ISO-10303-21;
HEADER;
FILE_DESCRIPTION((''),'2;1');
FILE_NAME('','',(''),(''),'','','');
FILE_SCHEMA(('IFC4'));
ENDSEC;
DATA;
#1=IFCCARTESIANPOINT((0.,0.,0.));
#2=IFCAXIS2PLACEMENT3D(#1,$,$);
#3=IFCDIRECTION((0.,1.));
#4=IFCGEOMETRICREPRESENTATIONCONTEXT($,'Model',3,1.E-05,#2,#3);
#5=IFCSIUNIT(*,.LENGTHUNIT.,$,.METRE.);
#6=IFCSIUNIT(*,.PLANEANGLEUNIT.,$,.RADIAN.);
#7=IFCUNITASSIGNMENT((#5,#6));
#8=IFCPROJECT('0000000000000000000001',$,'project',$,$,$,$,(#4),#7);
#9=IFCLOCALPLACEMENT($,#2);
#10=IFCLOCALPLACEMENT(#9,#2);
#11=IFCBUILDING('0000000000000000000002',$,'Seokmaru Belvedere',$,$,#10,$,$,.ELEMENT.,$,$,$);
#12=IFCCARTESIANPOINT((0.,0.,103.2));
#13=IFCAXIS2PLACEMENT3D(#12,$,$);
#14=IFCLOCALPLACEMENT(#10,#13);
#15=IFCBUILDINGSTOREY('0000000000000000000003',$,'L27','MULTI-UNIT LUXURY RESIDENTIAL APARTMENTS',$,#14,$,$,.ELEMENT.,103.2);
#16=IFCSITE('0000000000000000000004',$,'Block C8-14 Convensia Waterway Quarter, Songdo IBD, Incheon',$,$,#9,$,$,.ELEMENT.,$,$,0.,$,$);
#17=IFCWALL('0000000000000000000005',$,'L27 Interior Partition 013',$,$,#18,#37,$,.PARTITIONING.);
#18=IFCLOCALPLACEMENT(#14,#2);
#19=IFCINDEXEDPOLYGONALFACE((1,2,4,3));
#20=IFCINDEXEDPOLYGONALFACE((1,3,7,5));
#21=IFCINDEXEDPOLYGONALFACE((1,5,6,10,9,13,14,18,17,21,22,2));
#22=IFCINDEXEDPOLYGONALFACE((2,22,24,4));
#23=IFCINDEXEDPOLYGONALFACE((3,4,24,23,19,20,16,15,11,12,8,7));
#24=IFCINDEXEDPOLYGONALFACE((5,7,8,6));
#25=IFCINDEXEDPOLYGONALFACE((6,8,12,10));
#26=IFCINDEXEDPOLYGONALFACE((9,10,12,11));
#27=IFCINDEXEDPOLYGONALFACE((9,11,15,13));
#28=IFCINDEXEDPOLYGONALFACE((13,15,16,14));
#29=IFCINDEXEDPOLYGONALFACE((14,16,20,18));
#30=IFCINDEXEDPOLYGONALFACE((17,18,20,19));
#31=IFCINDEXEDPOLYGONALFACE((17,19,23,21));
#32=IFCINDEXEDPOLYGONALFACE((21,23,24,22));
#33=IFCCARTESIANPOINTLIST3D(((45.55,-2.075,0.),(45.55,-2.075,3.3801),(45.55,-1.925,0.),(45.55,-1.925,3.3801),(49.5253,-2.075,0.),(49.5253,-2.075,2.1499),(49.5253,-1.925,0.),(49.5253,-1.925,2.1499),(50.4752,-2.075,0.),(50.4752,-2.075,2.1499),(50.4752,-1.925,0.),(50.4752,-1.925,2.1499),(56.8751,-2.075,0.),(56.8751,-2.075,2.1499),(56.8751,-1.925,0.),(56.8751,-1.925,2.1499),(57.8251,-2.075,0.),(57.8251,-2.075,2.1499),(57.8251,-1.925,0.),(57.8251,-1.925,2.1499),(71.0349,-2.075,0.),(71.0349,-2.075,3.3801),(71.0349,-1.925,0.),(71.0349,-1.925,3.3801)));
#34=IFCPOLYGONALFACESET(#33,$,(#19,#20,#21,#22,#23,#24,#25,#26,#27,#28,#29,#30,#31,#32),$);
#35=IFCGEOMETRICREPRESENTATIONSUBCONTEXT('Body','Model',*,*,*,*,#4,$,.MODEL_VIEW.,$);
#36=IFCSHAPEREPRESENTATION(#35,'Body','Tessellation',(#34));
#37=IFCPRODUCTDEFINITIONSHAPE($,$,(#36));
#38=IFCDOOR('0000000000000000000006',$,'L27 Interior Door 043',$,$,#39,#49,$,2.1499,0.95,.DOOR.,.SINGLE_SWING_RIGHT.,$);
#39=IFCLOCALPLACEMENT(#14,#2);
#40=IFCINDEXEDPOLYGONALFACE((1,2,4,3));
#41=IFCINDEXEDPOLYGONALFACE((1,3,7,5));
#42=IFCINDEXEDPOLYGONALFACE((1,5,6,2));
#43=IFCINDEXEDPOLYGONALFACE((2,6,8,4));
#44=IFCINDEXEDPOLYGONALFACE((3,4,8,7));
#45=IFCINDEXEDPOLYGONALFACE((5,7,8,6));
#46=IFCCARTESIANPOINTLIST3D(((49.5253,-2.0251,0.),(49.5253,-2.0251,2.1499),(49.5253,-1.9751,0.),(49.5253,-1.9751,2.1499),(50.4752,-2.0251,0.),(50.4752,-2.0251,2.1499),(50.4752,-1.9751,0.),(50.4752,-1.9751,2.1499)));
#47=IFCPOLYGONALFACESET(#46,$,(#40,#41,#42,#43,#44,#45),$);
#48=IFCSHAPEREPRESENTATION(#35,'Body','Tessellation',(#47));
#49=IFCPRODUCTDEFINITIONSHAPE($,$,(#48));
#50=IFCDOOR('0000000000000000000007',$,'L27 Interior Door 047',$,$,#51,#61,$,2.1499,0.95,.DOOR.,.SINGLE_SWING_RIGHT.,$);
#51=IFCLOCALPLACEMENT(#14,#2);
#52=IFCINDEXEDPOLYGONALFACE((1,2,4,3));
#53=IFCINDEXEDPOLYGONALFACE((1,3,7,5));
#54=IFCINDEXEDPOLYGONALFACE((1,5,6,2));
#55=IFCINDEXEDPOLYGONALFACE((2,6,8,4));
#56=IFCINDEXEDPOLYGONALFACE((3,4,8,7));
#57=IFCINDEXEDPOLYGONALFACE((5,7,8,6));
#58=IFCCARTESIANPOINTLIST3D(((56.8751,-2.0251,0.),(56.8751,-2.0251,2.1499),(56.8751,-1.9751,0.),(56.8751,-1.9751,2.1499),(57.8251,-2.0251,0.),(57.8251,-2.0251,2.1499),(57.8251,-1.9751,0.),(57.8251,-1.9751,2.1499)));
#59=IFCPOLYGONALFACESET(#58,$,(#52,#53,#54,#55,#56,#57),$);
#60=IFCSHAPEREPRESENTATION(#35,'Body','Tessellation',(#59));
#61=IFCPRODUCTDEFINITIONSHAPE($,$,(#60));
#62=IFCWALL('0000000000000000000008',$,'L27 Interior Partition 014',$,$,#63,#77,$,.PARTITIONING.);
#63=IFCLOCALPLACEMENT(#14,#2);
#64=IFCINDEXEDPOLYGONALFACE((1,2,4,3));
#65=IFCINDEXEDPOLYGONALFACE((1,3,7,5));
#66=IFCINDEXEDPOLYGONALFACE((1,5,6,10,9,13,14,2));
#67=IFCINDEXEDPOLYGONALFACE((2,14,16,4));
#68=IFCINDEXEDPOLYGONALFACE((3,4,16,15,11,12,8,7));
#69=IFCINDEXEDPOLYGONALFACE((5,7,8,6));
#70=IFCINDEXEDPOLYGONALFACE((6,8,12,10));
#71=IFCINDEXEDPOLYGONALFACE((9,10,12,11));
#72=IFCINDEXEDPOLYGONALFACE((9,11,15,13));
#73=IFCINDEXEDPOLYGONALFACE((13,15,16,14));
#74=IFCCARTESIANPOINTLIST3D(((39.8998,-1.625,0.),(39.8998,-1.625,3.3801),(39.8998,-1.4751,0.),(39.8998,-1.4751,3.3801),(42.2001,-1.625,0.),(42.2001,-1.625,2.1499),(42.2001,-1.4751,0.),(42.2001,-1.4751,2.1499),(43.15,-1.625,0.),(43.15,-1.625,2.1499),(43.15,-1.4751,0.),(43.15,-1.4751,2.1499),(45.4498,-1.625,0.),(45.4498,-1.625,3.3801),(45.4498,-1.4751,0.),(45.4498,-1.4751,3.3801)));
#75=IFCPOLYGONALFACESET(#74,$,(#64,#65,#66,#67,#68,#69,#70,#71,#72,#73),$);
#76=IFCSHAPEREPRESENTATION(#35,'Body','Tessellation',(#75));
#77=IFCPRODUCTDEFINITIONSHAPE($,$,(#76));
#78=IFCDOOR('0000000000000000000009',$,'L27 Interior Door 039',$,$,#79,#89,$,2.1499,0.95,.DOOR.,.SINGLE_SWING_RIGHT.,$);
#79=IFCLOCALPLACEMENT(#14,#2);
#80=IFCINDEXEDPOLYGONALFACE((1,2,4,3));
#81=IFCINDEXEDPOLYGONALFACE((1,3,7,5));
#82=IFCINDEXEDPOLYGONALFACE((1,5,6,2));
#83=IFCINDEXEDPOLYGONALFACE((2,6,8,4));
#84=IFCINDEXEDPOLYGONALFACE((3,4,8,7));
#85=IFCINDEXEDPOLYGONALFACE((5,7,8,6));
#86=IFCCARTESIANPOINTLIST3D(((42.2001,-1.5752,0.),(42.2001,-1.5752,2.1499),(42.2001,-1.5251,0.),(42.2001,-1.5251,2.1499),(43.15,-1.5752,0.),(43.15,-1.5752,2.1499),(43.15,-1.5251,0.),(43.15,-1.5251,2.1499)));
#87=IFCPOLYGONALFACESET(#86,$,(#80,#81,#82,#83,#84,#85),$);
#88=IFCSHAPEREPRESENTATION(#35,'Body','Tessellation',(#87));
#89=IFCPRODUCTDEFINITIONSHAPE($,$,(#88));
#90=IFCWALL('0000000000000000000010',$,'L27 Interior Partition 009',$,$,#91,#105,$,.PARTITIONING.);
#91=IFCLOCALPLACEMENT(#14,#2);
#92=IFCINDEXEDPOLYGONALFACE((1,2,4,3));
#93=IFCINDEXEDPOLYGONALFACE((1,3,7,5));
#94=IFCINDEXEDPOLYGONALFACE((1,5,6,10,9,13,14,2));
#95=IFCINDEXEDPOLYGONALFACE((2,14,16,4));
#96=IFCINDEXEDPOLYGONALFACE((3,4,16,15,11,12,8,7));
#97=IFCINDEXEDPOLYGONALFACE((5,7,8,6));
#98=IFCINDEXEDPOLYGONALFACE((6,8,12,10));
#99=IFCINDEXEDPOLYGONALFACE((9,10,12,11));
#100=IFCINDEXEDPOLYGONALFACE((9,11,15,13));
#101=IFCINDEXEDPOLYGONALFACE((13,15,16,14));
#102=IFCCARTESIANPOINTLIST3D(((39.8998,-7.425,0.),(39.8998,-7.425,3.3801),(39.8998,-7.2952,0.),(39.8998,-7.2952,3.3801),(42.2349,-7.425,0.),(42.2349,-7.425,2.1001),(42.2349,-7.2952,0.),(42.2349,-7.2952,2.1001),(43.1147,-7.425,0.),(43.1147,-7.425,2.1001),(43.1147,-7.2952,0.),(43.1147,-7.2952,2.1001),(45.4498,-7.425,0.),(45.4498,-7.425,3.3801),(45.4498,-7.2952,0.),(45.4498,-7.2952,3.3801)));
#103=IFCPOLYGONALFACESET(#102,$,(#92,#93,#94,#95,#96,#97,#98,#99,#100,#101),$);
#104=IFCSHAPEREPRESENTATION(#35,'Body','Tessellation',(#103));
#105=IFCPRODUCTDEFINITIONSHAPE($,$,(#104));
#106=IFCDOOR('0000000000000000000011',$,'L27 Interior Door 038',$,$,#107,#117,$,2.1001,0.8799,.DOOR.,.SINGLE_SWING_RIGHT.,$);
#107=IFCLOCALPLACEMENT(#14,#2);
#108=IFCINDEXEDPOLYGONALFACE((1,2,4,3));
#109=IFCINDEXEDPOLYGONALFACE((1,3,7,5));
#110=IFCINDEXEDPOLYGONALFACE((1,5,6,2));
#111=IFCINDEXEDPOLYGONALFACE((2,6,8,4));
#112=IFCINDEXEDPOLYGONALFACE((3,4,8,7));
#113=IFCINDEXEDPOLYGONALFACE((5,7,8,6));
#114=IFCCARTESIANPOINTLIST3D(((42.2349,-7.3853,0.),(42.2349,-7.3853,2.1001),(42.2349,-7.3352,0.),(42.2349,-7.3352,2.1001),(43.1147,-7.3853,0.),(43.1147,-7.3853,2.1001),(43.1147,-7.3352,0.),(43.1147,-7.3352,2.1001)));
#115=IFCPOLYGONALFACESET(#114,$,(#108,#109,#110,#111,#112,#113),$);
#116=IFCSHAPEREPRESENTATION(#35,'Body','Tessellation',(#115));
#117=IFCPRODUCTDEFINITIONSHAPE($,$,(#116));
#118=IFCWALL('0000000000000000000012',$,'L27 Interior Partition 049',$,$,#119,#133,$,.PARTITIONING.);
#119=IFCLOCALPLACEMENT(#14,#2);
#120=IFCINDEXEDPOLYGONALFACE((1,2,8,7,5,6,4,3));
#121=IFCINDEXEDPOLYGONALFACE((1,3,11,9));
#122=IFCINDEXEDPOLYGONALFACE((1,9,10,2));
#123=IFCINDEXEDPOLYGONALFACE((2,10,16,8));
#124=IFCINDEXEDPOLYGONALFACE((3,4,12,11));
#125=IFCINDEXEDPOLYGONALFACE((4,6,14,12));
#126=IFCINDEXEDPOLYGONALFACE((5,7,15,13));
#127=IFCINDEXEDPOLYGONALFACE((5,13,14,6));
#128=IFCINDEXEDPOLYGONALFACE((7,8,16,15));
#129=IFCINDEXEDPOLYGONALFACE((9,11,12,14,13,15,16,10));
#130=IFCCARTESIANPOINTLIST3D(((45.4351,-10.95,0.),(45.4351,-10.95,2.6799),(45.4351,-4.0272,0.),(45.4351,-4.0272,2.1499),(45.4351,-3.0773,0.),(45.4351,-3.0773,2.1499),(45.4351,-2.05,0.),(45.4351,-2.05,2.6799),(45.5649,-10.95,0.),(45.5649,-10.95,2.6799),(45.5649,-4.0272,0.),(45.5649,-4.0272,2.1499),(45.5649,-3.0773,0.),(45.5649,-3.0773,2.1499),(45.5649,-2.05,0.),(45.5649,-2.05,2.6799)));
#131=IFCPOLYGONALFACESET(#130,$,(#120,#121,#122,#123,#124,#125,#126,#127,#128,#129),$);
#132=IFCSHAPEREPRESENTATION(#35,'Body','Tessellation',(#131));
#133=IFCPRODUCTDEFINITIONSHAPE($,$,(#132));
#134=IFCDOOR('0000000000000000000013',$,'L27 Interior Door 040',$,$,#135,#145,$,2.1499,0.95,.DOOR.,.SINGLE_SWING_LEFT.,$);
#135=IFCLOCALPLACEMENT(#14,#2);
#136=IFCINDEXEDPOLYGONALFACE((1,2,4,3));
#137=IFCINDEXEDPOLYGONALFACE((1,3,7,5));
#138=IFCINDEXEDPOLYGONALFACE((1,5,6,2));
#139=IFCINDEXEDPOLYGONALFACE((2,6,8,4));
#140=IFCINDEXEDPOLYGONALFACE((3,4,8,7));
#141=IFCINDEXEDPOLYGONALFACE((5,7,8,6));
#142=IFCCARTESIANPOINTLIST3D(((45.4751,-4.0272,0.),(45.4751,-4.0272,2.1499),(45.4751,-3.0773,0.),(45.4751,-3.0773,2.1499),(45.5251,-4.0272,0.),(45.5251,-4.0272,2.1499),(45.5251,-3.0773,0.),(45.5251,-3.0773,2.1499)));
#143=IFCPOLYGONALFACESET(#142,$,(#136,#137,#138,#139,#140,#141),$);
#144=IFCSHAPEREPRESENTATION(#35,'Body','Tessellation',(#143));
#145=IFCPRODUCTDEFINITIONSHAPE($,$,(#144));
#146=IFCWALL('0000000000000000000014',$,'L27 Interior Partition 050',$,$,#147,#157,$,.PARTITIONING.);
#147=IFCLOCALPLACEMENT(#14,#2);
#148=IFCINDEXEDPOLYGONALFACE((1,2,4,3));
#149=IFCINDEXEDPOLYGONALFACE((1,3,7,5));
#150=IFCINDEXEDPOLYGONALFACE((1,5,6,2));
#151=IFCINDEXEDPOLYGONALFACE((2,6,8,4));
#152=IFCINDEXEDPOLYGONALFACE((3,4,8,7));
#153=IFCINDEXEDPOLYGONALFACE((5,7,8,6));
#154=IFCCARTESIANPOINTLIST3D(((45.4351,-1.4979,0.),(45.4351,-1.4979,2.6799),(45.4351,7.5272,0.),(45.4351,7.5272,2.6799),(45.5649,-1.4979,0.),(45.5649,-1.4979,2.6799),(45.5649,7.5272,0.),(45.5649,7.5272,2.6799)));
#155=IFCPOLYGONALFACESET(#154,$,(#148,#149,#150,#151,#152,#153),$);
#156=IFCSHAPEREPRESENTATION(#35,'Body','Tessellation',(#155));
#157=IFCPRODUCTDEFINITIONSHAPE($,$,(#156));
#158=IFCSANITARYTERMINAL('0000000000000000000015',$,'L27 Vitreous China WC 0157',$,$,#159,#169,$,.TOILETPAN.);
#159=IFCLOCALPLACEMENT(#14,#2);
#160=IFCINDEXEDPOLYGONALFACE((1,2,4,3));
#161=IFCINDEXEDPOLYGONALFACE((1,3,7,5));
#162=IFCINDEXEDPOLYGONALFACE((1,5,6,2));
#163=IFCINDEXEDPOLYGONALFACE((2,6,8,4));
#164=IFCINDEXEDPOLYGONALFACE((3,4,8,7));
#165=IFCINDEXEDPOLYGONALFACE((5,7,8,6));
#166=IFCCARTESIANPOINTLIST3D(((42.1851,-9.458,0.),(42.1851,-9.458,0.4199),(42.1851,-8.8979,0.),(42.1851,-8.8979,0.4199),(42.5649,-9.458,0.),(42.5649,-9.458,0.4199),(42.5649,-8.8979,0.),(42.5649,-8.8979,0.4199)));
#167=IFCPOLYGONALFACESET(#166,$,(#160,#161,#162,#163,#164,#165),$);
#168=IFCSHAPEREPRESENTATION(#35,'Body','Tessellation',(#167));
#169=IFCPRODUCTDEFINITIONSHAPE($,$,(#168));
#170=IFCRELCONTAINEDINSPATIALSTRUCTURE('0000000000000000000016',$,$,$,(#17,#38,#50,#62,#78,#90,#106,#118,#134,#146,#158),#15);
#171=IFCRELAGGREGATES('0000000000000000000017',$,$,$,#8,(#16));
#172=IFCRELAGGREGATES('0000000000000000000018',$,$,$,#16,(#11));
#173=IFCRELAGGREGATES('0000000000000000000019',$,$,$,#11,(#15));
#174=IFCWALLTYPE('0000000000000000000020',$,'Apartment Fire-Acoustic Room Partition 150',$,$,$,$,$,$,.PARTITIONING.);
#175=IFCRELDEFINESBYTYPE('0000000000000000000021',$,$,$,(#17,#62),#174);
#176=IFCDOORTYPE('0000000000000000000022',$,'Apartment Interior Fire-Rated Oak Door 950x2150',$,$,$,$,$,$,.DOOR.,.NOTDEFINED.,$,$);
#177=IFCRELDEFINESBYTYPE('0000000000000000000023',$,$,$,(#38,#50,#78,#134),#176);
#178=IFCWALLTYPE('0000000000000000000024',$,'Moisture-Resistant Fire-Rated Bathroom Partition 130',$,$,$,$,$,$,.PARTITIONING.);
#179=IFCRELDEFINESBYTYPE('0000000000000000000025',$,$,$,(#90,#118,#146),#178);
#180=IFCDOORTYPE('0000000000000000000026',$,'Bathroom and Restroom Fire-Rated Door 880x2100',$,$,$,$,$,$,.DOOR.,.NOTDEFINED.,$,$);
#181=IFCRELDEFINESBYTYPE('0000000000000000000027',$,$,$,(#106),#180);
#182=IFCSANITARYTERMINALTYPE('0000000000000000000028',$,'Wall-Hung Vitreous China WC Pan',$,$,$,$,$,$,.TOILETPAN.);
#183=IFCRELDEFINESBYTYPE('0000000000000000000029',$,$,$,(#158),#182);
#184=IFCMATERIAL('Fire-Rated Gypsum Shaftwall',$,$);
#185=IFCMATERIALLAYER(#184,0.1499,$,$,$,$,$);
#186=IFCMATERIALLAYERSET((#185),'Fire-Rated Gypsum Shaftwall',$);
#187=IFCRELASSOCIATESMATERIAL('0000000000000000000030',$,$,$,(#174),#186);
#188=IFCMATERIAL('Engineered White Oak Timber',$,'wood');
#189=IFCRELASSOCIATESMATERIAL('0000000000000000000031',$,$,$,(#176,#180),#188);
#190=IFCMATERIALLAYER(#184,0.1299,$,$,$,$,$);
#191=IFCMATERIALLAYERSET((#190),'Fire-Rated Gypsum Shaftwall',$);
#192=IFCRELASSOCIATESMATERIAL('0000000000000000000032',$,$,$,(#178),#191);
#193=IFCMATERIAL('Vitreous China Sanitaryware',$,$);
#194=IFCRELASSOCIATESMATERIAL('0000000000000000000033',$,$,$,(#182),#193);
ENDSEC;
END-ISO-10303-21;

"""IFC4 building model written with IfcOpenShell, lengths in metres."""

from ifc_helpers import new_model, si_unit, direction, frame, frame_2d, origin, origin_2d, place, context, subcontext, project, spatial, rectangle, extrude, source, transform, mapped, material, layer, layer_set, type_object, type_shapes, element, fill, save


model = new_model("IFC4")

# Units and contexts
model_context = context("Model", 3, precision=1e-05, world=origin(), true_north=direction((0.0, 1.0)))
body_context = subcontext(model_context, "Body", "Model", "MODEL_VIEW")
ifc_project = project(units=[si_unit("LENGTHUNIT", "METRE"), si_unit("PLANEANGLEUNIT", "RADIAN")], contexts=[model_context])

# Site, building, storey
site_placement = place(None, origin())
site = spatial("IfcSite", under=ifc_project, at=site_placement, Name="Block C8-14 Convensia Waterway Quarter, Songdo IBD, Incheon", CompositionType="ELEMENT", RefElevation=0.0)
building_placement = place(site_placement, origin())
building = spatial("IfcBuilding", under=site, at=building_placement, Name="Seokmaru Belvedere", CompositionType="ELEMENT")
storey_placement = place(building_placement, frame((0.0, 0.0, 103.2)))
storey = spatial("IfcBuildingStorey", under=building, at=storey_placement, Name="L27", Description="MULTI-UNIT LUXURY RESIDENTIAL APARTMENTS", CompositionType="ELEMENT", Elevation=103.2)

# Wall, openings, doors
ifc_material_1 = material(Name="Fire-Rated Gypsum Shaftwall")
ifc_layer_1 = layer(ifc_material_1, 0.1499)
ifc_layer_set_1 = layer_set([ifc_layer_1], Name="Fire-Rated Gypsum Shaftwall")
wall_type_1 = type_object("IfcWallType", Name="Apartment Fire-Acoustic Room Partition 150", PredefinedType="PARTITIONING", material=ifc_layer_set_1)
ifc_material_2 = material(Name="Engineered White Oak Timber", Category="wood")
door_type_1 = type_object("IfcDoorType", Name="Apartment Interior Fire-Rated Oak Door 950x2150", OperationType="NOTDEFINED", PredefinedType="DOOR", material=ifc_material_2)
shared_shape_1 = source(origin(), body_context, "Body", "SweptSolid", [
    extrude(rectangle(XDim=0.95, YDim=2.1499, at=frame_2d((0.4751, 1.075))), frame((0.0, 0.0249, 0.0), z_axis=(0.0, -1.0, 0.0), x_axis=(1.0, 0.0, 0.0)), (0.0, 0.0, 1.0), 0.05),
])
type_shapes(door_type_1, [shared_shape_1])
wall_1_placement = place(storey_placement, frame((45.55, -2.0, 0.0), z_axis=(0.0, 0.0, 1.0), x_axis=(1.0, 0.0, 0.0)))
wall_1 = element("IfcWall", 1, at=wall_1_placement, inside=storey, type_object=wall_type_1, Name="L27 Interior Partition 013", PredefinedType="PARTITIONING", context=body_context, shape_type="SweptSolid", body=[
    extrude(rectangle(XDim=25.4849, YDim=0.1499, at=frame_2d((12.7424, 0.0))), origin(), (0.0, 0.0, 1.0), 3.3801),
])
opening_1_placement = place(wall_1_placement, frame((3.9751, 0.0, 0.0)))
opening_1 = element("IfcOpeningElement", 2, at=opening_1_placement, cuts=wall_1, PredefinedType="OPENING", context=body_context, shape_type="SweptSolid", body=[
    extrude(rectangle(XDim=0.95, YDim=2.1499, at=frame_2d((0.4751, 1.075))), frame((0.0, 0.085, 0.0), z_axis=(0.0, -1.0, 0.0), x_axis=(1.0, 0.0, 0.0)), (0.0, 0.0, 1.0), 0.1699),
])
opening_2_placement = place(wall_1_placement, frame((11.325, 0.0, 0.0)))
opening_2 = element("IfcOpeningElement", 3, at=opening_2_placement, cuts=wall_1, PredefinedType="OPENING", context=body_context, shape_type="SweptSolid", body=[
    extrude(rectangle(XDim=0.95, YDim=2.1499, at=frame_2d((0.4751, 1.075))), frame((0.0, 0.085, 0.0), z_axis=(0.0, -1.0, 0.0), x_axis=(1.0, 0.0, 0.0)), (0.0, 0.0, 1.0), 0.1699),
])
door_1_placement = place(opening_1_placement, origin())
door_1 = element("IfcDoor", 4, at=door_1_placement, inside=storey, type_object=door_type_1, Name="L27 Interior Door 043", OperationType="SINGLE_SWING_RIGHT", OverallHeight=2.1499, OverallWidth=0.95, PredefinedType="DOOR", context=body_context, shape_type="MappedRepresentation", body=[
    mapped(shared_shape_1, transform((0.0, 0.0, 0.0), scale=1.0)),
])
fill(opening_1, door_1)
door_2_placement = place(opening_2_placement, origin())
door_2 = element("IfcDoor", 5, at=door_2_placement, inside=storey, type_object=door_type_1, Name="L27 Interior Door 047", OperationType="SINGLE_SWING_RIGHT", OverallHeight=2.1499, OverallWidth=0.95, PredefinedType="DOOR", context=body_context, shape_type="MappedRepresentation", body=[
    mapped(shared_shape_1, transform((0.0, 0.0, 0.0), scale=1.0)),
])
fill(opening_2, door_2)

# Walls, openings, doors
wall_2_placement = place(storey_placement, frame((39.8999, -1.55, 0.0), z_axis=(0.0, 0.0, 1.0), x_axis=(1.0, 0.0, 0.0)))
wall_2 = element("IfcWall", 6, at=wall_2_placement, inside=storey, type_object=wall_type_1, Name="L27 Interior Partition 014", PredefinedType="PARTITIONING", context=body_context, shape_type="SweptSolid", body=[
    extrude(rectangle(XDim=5.55, YDim=0.1499, at=frame_2d((2.7749, 0.0))), origin(), (0.0, 0.0, 1.0), 3.3801),
])
opening_3_placement = place(wall_2_placement, frame((2.3, 0.0, 0.0)))
opening_3 = element("IfcOpeningElement", 7, at=opening_3_placement, cuts=wall_2, PredefinedType="OPENING", context=body_context, shape_type="SweptSolid", body=[
    extrude(rectangle(XDim=0.95, YDim=2.1499, at=frame_2d((0.4751, 1.075))), frame((0.0, 0.085, 0.0), z_axis=(0.0, -1.0, 0.0), x_axis=(1.0, 0.0, 0.0)), (0.0, 0.0, 1.0), 0.1699),
])
door_3_placement = place(opening_3_placement, origin())
door_3 = element("IfcDoor", 8, at=door_3_placement, inside=storey, type_object=door_type_1, Name="L27 Interior Door 039", OperationType="SINGLE_SWING_RIGHT", OverallHeight=2.1499, OverallWidth=0.95, PredefinedType="DOOR", context=body_context, shape_type="MappedRepresentation", body=[
    mapped(shared_shape_1, transform((0.0, 0.0, 0.0), scale=1.0)),
])
fill(opening_3, door_3)
ifc_layer_2 = layer(ifc_material_1, 0.1299)
ifc_layer_set_2 = layer_set([ifc_layer_2], Name="Fire-Rated Gypsum Shaftwall")
wall_type_2 = type_object("IfcWallType", Name="Moisture-Resistant Fire-Rated Bathroom Partition 130", PredefinedType="PARTITIONING", material=ifc_layer_set_2)
wall_3_placement = place(storey_placement, frame((39.8999, -7.3601, 0.0), z_axis=(0.0, 0.0, 1.0), x_axis=(1.0, 0.0, 0.0)))
wall_3 = element("IfcWall", 9, at=wall_3_placement, inside=storey, type_object=wall_type_2, Name="L27 Interior Partition 009", PredefinedType="PARTITIONING", context=body_context, shape_type="SweptSolid", body=[
    extrude(rectangle(XDim=5.55, YDim=0.1299, at=frame_2d((2.7749, 0.0))), origin(), (0.0, 0.0, 1.0), 3.3801),
])
opening_4_placement = place(wall_3_placement, frame((2.335, 0.0, 0.0)))
opening_4 = element("IfcOpeningElement", 10, at=opening_4_placement, cuts=wall_3, PredefinedType="OPENING", context=body_context, shape_type="SweptSolid", body=[
    extrude(rectangle(XDim=0.8799, YDim=2.1001, at=frame_2d((0.4399, 1.05))), frame((0.0, 0.075, 0.0), z_axis=(0.0, -1.0, 0.0), x_axis=(1.0, 0.0, 0.0)), (0.0, 0.0, 1.0), 0.1499),
])
door_type_2 = type_object("IfcDoorType", Name="Bathroom and Restroom Fire-Rated Door 880x2100", OperationType="NOTDEFINED", PredefinedType="DOOR", material=ifc_material_2)
shared_shape_2 = source(origin(), body_context, "Body", "SweptSolid", [
    extrude(rectangle(XDim=0.8799, YDim=2.1001, at=frame_2d((0.4399, 1.05))), frame((0.0, 0.0249, 0.0), z_axis=(0.0, -1.0, 0.0), x_axis=(1.0, 0.0, 0.0)), (0.0, 0.0, 1.0), 0.05),
])
type_shapes(door_type_2, [shared_shape_2])
door_4_placement = place(opening_4_placement, origin())
door_4 = element("IfcDoor", 11, at=door_4_placement, inside=storey, type_object=door_type_2, Name="L27 Interior Door 038", OperationType="SINGLE_SWING_RIGHT", OverallHeight=2.1001, OverallWidth=0.8799, PredefinedType="DOOR", context=body_context, shape_type="MappedRepresentation", body=[
    mapped(shared_shape_2, transform((0.0, 0.0, 0.0), scale=1.0)),
])
fill(opening_4, door_4)
wall_4_placement = place(storey_placement, frame((45.5, -10.95, 0.0), z_axis=(0.0, 0.0, 1.0), x_axis=(0.0, 1.0, 0.0)))
wall_4 = element("IfcWall", 12, at=wall_4_placement, inside=storey, type_object=wall_type_2, Name="L27 Interior Partition 049", PredefinedType="PARTITIONING", context=body_context, shape_type="SweptSolid", body=[
    extrude(rectangle(XDim=8.8999, YDim=0.1299, at=frame_2d((4.45, 0.0))), origin(), (0.0, 0.0, 1.0), 2.6799),
])
opening_5_placement = place(wall_4_placement, frame((6.9226, 0.0, 0.0)))
opening_5 = element("IfcOpeningElement", 13, at=opening_5_placement, cuts=wall_4, PredefinedType="OPENING", context=body_context, shape_type="SweptSolid", body=[
    extrude(rectangle(XDim=0.95, YDim=2.1499, at=frame_2d((0.4751, 1.075))), frame((0.0, 0.075, 0.0), z_axis=(0.0, -1.0, 0.0), x_axis=(1.0, 0.0, 0.0)), (0.0, 0.0, 1.0), 0.1499),
])
door_5_placement = place(opening_5_placement, origin())
door_5 = element("IfcDoor", 14, at=door_5_placement, inside=storey, type_object=door_type_1, Name="L27 Interior Door 040", OperationType="SINGLE_SWING_LEFT", OverallHeight=2.1499, OverallWidth=0.95, PredefinedType="DOOR", context=body_context, shape_type="MappedRepresentation", body=[
    mapped(shared_shape_1, transform((0.0, 0.0, 0.0), scale=1.0)),
])
fill(opening_5, door_5)

# Wall
wall_5_placement = place(storey_placement, frame((45.5, -1.498, 0.0), z_axis=(0.0, 0.0, 1.0), x_axis=(0.0, 1.0, 0.0)))
element("IfcWall", 15, at=wall_5_placement, inside=storey, type_object=wall_type_2, Name="L27 Interior Partition 050", PredefinedType="PARTITIONING", context=body_context, shape_type="SweptSolid", body=[
    extrude(rectangle(XDim=9.0251, YDim=0.1299, at=frame_2d((4.5127, 0.0))), origin(), (0.0, 0.0, 1.0), 2.6799),
])

# Sanitary terminal
ifc_material_3 = material(Name="Vitreous China Sanitaryware")
sanitary_terminal_type_1 = type_object("IfcSanitaryTerminalType", Name="Wall-Hung Vitreous China WC Pan", PredefinedType="TOILETPAN", material=ifc_material_3)
shared_shape_3 = source(origin(), body_context, "Body", "SweptSolid", [
    extrude(rectangle(XDim=0.3799, YDim=0.5601, at=origin_2d()), origin(), (0.0, 0.0, 1.0), 0.4199),
])
type_shapes(sanitary_terminal_type_1, [shared_shape_3])
sanitary_terminal_1_placement = place(storey_placement, frame((42.375, -9.178, 0.0), z_axis=(0.0, 0.0, 1.0), x_axis=(1.0, 0.0, 0.0)))
element("IfcSanitaryTerminal", 16, at=sanitary_terminal_1_placement, inside=storey, type_object=sanitary_terminal_type_1, Name="L27 Vitreous China WC 0157", PredefinedType="TOILETPAN", context=body_context, shape_type="MappedRepresentation", body=[
    mapped(shared_shape_3, transform((0.0, 0.0, 0.0), scale=1.0)),
])

save(model, "model.ifc")
